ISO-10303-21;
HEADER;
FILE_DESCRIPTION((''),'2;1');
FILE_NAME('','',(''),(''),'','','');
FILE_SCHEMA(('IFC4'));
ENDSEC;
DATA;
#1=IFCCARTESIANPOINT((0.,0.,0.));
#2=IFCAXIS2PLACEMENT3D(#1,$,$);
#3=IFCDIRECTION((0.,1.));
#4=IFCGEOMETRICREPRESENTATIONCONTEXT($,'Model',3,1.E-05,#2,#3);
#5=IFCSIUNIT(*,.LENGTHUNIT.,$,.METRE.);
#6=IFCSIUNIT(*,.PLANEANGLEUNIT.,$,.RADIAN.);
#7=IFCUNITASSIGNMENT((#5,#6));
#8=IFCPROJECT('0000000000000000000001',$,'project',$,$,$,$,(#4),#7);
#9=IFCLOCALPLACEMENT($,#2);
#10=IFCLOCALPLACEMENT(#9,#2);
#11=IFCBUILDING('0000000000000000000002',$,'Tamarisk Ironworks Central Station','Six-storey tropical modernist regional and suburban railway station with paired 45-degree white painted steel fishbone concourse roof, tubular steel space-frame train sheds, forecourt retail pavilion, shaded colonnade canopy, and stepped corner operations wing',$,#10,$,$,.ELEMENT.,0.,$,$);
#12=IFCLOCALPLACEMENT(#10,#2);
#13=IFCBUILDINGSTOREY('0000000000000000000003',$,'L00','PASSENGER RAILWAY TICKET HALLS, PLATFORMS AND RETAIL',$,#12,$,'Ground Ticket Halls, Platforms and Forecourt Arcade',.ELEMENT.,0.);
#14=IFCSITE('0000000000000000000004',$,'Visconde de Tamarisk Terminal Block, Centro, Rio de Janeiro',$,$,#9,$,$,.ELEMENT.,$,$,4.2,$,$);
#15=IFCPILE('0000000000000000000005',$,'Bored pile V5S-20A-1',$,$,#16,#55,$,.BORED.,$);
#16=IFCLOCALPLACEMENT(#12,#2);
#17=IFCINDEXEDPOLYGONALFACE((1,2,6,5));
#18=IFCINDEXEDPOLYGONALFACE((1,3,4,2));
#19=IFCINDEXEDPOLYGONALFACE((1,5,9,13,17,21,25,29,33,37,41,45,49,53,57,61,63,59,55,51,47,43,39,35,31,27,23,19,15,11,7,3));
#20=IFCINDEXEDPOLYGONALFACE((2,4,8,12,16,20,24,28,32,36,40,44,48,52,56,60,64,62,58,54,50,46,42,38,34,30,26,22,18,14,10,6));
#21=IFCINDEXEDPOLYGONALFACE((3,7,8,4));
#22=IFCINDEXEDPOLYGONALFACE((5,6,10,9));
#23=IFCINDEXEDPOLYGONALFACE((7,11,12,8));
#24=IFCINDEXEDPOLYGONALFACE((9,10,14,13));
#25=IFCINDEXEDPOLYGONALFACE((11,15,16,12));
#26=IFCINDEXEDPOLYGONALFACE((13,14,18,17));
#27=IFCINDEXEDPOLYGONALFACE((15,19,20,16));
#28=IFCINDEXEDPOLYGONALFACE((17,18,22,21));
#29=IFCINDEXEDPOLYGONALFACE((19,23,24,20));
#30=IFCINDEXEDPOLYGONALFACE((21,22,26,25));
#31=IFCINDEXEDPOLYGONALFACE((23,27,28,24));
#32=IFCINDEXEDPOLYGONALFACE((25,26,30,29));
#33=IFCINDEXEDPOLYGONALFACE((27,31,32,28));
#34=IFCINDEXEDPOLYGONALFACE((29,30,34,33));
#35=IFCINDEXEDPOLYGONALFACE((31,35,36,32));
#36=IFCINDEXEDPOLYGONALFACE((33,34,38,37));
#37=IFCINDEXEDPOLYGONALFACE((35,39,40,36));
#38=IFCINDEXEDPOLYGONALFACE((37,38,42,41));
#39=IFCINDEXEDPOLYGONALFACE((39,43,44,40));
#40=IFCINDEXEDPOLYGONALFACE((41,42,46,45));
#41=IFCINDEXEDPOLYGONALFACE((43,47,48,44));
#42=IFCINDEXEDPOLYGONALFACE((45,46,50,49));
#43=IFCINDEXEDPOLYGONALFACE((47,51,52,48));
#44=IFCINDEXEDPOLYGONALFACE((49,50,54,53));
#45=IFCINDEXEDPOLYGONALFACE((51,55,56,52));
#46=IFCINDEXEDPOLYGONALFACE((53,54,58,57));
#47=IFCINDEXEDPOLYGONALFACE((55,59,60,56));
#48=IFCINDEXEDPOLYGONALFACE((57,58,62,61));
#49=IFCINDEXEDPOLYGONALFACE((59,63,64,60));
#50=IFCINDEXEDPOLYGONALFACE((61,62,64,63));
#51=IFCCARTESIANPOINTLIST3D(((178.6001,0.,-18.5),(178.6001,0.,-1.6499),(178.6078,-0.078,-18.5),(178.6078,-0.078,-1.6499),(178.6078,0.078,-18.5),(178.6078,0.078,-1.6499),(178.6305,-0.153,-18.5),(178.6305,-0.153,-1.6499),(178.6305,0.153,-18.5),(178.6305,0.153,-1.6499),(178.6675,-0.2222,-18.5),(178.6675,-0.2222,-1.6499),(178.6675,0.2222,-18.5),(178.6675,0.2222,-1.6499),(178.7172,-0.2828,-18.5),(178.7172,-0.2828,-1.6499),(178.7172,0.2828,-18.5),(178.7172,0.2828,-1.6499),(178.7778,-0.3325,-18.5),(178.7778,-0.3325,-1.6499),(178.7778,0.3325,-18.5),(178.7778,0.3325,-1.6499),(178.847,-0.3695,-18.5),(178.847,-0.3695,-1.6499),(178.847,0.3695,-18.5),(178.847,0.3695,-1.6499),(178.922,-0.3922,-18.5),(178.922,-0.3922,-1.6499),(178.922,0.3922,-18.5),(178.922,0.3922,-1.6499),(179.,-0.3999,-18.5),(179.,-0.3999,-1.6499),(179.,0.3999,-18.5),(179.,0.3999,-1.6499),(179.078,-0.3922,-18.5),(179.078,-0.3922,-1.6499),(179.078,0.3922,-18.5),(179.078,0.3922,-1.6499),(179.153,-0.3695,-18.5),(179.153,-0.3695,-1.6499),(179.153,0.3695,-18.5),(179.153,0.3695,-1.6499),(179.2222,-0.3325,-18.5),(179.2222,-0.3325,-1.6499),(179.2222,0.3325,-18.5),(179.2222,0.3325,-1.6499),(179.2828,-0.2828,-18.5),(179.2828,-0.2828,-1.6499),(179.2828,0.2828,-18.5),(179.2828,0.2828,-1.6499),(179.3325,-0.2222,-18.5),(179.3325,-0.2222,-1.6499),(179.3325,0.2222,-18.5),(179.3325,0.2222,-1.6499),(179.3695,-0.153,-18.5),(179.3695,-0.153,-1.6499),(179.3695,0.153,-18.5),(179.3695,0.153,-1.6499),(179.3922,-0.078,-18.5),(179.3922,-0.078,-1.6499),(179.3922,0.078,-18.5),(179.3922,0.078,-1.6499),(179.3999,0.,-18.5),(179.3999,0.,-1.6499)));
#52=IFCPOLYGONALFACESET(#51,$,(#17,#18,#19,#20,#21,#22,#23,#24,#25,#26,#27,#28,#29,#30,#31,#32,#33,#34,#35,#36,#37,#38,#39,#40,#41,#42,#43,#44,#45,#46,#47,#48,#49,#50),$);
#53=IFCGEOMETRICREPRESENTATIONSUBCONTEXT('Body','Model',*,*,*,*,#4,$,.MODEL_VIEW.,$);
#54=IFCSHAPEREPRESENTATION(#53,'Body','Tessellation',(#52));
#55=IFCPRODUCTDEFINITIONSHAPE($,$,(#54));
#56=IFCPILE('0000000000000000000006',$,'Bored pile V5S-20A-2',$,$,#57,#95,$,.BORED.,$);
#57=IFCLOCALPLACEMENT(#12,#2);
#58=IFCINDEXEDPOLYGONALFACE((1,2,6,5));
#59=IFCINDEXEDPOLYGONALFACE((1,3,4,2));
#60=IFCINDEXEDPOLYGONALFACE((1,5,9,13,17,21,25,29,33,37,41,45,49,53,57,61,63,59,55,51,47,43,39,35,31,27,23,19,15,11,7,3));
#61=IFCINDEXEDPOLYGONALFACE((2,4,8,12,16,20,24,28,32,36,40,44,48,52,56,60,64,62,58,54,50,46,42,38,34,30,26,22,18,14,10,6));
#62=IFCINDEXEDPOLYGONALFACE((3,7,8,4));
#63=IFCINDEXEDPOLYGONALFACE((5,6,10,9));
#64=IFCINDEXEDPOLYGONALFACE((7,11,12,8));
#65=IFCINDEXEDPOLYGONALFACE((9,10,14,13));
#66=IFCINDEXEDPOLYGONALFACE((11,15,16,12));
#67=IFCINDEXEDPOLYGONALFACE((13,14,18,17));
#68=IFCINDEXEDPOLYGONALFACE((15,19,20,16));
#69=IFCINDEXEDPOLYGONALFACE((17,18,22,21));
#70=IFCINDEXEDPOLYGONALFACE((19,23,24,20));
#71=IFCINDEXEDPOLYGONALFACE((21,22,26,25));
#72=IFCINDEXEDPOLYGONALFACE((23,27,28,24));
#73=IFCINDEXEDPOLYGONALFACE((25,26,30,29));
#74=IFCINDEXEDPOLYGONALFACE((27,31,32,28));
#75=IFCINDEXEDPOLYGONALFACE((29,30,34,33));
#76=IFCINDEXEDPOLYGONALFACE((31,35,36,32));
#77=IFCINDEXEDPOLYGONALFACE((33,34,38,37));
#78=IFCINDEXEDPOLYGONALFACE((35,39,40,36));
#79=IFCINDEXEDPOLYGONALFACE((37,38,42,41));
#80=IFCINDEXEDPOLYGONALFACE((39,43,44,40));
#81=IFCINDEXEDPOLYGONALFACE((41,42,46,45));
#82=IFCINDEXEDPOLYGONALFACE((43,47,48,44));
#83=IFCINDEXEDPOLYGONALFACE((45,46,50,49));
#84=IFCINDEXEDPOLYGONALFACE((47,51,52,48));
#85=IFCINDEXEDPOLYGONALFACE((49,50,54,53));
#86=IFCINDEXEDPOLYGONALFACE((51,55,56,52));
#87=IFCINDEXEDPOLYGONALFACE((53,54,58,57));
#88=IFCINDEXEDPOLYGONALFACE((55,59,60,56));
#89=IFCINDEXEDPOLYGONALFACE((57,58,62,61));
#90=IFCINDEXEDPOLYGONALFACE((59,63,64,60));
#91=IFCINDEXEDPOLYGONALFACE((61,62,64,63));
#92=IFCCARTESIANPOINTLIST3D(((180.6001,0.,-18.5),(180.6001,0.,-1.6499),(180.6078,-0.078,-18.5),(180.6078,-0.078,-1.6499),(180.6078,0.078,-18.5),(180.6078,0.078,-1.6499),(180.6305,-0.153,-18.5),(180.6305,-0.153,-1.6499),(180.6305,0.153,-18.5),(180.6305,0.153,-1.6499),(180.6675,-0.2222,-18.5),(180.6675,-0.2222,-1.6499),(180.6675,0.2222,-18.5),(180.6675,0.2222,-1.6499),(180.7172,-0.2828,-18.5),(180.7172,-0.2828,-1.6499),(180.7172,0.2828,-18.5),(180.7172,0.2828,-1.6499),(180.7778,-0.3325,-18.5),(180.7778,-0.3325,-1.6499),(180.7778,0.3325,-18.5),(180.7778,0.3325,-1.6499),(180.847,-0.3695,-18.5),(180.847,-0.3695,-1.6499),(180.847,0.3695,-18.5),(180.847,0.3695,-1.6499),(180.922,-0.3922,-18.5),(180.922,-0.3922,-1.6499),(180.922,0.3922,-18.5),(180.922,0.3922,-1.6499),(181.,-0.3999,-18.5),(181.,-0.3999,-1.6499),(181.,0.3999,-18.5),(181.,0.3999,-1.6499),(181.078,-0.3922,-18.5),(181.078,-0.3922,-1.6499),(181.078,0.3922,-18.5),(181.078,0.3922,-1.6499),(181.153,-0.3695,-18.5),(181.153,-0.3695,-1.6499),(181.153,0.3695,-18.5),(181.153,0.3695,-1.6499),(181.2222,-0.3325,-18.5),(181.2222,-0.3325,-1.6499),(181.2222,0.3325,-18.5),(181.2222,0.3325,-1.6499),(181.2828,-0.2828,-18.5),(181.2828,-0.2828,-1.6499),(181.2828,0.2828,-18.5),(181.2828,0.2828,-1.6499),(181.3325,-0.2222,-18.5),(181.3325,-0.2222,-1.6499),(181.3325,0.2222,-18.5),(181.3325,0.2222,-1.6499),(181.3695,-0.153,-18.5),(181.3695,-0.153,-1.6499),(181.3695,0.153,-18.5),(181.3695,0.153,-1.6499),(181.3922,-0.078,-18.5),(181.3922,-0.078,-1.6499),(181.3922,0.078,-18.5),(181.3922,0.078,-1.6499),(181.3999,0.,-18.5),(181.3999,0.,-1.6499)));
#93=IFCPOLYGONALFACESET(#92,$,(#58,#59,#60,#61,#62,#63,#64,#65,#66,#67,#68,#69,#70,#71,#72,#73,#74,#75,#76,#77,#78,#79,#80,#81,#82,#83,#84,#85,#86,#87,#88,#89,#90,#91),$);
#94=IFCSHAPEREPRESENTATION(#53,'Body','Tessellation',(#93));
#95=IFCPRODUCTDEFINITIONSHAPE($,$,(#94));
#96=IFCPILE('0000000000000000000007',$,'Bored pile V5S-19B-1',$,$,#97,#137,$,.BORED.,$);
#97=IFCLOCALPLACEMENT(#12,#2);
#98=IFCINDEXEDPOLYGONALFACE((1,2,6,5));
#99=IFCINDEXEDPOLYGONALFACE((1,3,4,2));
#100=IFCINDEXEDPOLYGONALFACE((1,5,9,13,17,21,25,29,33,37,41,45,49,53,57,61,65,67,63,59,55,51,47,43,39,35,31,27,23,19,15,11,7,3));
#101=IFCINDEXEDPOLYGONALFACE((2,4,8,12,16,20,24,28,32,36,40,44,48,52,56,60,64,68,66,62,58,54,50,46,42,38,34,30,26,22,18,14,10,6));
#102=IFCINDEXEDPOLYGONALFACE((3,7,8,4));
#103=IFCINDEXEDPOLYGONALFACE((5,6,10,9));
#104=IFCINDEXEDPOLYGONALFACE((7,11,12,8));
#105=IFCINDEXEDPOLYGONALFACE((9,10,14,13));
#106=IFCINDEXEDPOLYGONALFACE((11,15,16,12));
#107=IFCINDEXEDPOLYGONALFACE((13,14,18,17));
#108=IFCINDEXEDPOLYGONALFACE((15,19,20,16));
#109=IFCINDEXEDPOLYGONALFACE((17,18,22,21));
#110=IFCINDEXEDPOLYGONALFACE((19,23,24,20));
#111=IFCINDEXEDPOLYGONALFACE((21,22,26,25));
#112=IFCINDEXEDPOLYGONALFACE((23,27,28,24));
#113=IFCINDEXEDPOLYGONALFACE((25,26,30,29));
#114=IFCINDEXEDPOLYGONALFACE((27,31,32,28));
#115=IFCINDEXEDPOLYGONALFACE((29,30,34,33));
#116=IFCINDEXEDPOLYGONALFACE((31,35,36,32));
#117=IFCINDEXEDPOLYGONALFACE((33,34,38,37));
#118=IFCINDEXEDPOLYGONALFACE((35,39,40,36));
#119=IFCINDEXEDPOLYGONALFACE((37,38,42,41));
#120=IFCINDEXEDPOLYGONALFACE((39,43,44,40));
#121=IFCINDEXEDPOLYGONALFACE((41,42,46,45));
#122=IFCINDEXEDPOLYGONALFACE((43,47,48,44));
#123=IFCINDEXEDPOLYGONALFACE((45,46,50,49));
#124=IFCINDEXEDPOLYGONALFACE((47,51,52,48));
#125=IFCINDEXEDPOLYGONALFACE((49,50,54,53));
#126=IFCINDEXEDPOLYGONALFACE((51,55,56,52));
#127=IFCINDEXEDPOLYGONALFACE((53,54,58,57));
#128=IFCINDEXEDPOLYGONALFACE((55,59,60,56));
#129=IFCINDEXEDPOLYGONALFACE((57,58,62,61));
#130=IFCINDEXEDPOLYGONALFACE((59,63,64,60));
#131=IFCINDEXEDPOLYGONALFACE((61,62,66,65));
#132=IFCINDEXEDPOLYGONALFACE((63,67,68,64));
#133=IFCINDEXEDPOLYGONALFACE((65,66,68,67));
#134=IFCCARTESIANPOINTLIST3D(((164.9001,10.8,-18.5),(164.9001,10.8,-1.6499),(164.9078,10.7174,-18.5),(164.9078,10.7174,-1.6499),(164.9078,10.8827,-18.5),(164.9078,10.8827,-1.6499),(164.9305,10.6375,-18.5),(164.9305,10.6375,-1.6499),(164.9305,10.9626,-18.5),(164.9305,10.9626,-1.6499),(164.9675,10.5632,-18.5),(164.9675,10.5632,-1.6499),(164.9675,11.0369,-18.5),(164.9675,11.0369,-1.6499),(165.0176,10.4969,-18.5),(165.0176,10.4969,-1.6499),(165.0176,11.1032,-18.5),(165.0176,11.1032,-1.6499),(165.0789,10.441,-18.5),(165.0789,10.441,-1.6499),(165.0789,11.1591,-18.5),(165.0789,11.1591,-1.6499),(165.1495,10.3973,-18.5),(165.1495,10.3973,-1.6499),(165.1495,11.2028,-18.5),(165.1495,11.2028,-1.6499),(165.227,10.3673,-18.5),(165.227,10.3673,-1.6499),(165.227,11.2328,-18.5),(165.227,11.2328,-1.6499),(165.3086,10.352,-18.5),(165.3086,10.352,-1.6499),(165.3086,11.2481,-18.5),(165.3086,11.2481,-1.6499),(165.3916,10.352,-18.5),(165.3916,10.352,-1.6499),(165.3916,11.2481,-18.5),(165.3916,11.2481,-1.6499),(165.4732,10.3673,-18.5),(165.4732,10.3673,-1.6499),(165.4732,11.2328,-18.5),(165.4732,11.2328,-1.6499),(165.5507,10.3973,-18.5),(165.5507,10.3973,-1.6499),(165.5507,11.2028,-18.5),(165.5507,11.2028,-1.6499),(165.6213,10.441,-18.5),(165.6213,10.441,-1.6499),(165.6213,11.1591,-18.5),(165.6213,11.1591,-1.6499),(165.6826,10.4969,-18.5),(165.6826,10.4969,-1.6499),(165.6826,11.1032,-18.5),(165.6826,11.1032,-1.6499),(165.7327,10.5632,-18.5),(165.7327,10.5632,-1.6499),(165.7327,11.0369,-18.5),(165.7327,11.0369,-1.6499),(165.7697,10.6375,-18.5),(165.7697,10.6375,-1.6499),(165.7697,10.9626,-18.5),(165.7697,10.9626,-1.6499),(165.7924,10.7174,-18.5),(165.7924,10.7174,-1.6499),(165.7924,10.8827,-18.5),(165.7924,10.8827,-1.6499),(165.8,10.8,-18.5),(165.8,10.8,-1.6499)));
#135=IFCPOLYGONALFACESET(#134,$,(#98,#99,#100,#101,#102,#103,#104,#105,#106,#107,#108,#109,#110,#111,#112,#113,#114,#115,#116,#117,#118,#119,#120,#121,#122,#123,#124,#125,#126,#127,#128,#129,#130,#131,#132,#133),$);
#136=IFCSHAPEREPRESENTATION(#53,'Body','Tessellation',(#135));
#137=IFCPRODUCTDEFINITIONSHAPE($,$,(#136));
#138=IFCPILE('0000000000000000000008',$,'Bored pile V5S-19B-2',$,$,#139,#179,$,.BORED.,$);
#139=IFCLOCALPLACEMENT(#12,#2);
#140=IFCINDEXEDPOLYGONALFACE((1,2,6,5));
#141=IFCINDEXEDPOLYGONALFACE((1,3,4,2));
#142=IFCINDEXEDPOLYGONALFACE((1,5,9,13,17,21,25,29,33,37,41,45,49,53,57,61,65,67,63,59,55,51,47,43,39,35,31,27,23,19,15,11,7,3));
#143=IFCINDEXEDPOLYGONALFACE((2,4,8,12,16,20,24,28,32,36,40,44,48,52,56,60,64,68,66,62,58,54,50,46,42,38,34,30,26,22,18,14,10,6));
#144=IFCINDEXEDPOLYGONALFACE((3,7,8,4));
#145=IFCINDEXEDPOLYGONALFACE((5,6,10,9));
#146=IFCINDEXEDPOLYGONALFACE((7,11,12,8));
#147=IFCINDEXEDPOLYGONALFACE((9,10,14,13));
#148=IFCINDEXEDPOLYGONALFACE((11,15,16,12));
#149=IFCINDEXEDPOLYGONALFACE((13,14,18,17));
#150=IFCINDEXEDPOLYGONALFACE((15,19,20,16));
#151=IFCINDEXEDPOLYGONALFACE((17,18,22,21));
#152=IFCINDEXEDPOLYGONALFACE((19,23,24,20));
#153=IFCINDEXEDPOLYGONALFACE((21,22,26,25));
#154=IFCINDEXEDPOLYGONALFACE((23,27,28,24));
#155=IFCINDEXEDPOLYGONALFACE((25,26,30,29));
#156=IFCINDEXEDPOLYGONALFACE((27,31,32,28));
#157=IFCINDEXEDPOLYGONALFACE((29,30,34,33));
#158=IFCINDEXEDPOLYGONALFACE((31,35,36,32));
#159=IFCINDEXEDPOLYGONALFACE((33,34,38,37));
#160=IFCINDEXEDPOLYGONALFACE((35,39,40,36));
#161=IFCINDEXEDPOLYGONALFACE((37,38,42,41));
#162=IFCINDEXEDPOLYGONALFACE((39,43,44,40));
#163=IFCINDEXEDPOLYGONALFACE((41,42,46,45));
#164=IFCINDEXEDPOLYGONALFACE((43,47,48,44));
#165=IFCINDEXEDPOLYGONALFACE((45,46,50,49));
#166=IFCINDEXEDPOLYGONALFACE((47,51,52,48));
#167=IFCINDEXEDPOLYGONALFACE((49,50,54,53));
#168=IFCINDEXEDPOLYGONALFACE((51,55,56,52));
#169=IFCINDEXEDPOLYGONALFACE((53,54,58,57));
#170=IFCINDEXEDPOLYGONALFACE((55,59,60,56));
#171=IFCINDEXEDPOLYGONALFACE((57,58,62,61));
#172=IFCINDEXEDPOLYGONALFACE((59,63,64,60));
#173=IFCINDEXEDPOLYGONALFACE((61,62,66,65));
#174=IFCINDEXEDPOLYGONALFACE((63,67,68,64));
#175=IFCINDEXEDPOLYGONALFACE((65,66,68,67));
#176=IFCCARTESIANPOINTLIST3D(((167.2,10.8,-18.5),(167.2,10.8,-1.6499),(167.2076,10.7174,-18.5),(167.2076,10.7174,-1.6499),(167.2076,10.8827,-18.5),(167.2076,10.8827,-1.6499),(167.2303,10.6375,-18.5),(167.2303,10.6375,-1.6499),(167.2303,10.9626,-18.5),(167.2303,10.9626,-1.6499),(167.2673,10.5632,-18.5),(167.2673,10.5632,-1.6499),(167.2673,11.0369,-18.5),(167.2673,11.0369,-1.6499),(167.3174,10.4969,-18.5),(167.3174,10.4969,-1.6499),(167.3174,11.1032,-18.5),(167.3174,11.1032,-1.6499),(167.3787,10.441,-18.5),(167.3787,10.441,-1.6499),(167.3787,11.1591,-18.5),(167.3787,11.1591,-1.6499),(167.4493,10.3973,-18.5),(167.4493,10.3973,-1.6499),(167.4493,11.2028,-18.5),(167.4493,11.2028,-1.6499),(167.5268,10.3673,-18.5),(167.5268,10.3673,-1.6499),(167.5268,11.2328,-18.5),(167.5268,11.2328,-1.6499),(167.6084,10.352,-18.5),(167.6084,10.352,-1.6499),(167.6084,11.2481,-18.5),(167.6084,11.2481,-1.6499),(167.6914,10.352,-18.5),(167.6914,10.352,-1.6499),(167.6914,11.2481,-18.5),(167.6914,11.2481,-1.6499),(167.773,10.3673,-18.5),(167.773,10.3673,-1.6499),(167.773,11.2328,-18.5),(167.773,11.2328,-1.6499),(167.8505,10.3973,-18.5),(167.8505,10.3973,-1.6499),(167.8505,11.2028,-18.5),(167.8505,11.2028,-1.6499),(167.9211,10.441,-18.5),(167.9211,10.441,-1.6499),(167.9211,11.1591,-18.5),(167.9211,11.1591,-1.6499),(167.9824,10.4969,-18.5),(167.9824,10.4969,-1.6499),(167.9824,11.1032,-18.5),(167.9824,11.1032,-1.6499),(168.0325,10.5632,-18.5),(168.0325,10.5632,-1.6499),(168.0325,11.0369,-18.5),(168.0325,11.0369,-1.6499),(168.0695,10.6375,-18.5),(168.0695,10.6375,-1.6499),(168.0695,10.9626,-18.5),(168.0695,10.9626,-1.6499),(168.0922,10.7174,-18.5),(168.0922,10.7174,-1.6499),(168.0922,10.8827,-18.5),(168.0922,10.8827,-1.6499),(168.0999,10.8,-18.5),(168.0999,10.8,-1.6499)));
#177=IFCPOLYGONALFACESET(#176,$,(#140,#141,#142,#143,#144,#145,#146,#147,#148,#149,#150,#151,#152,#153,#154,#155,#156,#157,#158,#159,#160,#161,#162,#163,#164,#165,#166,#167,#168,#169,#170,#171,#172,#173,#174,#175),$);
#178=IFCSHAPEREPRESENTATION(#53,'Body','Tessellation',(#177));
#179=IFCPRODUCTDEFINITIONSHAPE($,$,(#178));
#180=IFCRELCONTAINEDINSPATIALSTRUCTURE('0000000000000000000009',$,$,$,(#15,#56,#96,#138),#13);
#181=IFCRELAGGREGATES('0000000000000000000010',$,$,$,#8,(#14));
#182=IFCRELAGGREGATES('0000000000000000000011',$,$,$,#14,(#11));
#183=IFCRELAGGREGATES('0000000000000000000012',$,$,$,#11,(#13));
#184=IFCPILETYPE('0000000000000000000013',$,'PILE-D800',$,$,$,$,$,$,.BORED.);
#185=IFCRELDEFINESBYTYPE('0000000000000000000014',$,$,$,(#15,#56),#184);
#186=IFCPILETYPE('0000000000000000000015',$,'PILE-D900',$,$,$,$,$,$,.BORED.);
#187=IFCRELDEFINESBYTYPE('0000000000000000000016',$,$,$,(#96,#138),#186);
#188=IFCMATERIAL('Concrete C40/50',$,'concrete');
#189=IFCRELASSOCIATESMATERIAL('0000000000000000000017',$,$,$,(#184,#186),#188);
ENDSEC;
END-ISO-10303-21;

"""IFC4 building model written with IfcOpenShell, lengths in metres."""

from ifc_helpers import new_model, si_unit, direction, frame, origin, origin_2d, place, context, subcontext, project, spatial, circle, extrude, material, material_profile, profile_set, type_object, element, save


model = new_model("IFC4")

# Units and contexts
model_context = context("Model", 3, precision=1e-05, world=origin(), true_north=direction((0.0, 1.0)))
body_context = subcontext(model_context, "Body", "Model", "MODEL_VIEW")
ifc_project = project(units=[si_unit("LENGTHUNIT", "METRE"), si_unit("PLANEANGLEUNIT", "RADIAN")], contexts=[model_context])

# Site, building, storey
site_placement = place(None, origin())
site = spatial("IfcSite", under=ifc_project, at=site_placement, Name="Visconde de Tamarisk Terminal Block, Centro, Rio de Janeiro", CompositionType="ELEMENT", RefElevation=4.2)
building_placement = place(site_placement, origin())
building = spatial("IfcBuilding", under=site, at=building_placement, Name="Tamarisk Ironworks Central Station", Description="Six-storey tropical modernist regional and suburban railway station with paired 45-degree white painted steel fishbone concourse roof, tubular steel space-frame train sheds, forecourt retail pavilion, shaded colonnade canopy, and stepped corner operations wing", CompositionType="ELEMENT", ElevationOfRefHeight=0.0)
storey_placement = place(building_placement, origin())
storey = spatial("IfcBuildingStorey", under=building, at=storey_placement, Name="L00", Description="PASSENGER RAILWAY TICKET HALLS, PLATFORMS AND RETAIL", LongName="Ground Ticket Halls, Platforms and Forecourt Arcade", CompositionType="ELEMENT", Elevation=0.0)

# Shared definitions
ifc_material_1 = material(Name="Concrete C40/50", Category="concrete")

# Piles
ifc_material_profile_1 = material_profile(ifc_material_1, circle(Radius=0.3999, at=origin_2d()), Name="BORED PILE D800")
ifc_profile_set_1 = profile_set([ifc_material_profile_1], Name="Concrete C40/50")
pile_type_1 = type_object("IfcPileType", Name="PILE-D800", PredefinedType="BORED", material=ifc_profile_set_1)
for number, where, z_axis, x_axis, name in (
    (1, (179.0, 0.0, -1.6499), (0.0, 0.0, -1.0), (1.0, 0.0, 0.0), "Bored pile V5S-20A-1"),
    (2, (181.0, 0.0, -1.6499), (0.0, 0.0, -1.0), (1.0, 0.0, 0.0), "Bored pile V5S-20A-2"),
):
    element("IfcPile", number, at=place(storey_placement, frame(where, z_axis=z_axis, x_axis=x_axis)), inside=storey, type_object=pile_type_1, Name=name, PredefinedType="BORED", context=body_context, shape_type="SweptSolid", body=[
        extrude(circle(Radius=0.3999, at=origin_2d()), origin(), (0.0, 0.0, 1.0), 16.8501),
    ])
ifc_material_profile_2 = material_profile(ifc_material_1, circle(Radius=0.45, at=origin_2d()), Name="BORED PILE D900")
ifc_profile_set_2 = profile_set([ifc_material_profile_2], Name="Concrete C40/50")
pile_type_2 = type_object("IfcPileType", Name="PILE-D900", PredefinedType="BORED", material=ifc_profile_set_2)
for number, where, z_axis, x_axis, name in (
    (3, (165.3501, 10.8, -1.6499), (0.0, 0.0, -1.0), (1.0, 0.0, 0.0), "Bored pile V5S-19B-1"),
    (4, (167.6499, 10.8, -1.6499), (0.0, 0.0, -1.0), (1.0, 0.0, 0.0), "Bored pile V5S-19B-2"),
):
    element("IfcPile", number, at=place(storey_placement, frame(where, z_axis=z_axis, x_axis=x_axis)), inside=storey, type_object=pile_type_2, Name=name, PredefinedType="BORED", context=body_context, shape_type="SweptSolid", body=[
        extrude(circle(Radius=0.45, at=origin_2d()), origin(), (0.0, 0.0, 1.0), 16.8501),
    ])

save(model, "model.ifc")
